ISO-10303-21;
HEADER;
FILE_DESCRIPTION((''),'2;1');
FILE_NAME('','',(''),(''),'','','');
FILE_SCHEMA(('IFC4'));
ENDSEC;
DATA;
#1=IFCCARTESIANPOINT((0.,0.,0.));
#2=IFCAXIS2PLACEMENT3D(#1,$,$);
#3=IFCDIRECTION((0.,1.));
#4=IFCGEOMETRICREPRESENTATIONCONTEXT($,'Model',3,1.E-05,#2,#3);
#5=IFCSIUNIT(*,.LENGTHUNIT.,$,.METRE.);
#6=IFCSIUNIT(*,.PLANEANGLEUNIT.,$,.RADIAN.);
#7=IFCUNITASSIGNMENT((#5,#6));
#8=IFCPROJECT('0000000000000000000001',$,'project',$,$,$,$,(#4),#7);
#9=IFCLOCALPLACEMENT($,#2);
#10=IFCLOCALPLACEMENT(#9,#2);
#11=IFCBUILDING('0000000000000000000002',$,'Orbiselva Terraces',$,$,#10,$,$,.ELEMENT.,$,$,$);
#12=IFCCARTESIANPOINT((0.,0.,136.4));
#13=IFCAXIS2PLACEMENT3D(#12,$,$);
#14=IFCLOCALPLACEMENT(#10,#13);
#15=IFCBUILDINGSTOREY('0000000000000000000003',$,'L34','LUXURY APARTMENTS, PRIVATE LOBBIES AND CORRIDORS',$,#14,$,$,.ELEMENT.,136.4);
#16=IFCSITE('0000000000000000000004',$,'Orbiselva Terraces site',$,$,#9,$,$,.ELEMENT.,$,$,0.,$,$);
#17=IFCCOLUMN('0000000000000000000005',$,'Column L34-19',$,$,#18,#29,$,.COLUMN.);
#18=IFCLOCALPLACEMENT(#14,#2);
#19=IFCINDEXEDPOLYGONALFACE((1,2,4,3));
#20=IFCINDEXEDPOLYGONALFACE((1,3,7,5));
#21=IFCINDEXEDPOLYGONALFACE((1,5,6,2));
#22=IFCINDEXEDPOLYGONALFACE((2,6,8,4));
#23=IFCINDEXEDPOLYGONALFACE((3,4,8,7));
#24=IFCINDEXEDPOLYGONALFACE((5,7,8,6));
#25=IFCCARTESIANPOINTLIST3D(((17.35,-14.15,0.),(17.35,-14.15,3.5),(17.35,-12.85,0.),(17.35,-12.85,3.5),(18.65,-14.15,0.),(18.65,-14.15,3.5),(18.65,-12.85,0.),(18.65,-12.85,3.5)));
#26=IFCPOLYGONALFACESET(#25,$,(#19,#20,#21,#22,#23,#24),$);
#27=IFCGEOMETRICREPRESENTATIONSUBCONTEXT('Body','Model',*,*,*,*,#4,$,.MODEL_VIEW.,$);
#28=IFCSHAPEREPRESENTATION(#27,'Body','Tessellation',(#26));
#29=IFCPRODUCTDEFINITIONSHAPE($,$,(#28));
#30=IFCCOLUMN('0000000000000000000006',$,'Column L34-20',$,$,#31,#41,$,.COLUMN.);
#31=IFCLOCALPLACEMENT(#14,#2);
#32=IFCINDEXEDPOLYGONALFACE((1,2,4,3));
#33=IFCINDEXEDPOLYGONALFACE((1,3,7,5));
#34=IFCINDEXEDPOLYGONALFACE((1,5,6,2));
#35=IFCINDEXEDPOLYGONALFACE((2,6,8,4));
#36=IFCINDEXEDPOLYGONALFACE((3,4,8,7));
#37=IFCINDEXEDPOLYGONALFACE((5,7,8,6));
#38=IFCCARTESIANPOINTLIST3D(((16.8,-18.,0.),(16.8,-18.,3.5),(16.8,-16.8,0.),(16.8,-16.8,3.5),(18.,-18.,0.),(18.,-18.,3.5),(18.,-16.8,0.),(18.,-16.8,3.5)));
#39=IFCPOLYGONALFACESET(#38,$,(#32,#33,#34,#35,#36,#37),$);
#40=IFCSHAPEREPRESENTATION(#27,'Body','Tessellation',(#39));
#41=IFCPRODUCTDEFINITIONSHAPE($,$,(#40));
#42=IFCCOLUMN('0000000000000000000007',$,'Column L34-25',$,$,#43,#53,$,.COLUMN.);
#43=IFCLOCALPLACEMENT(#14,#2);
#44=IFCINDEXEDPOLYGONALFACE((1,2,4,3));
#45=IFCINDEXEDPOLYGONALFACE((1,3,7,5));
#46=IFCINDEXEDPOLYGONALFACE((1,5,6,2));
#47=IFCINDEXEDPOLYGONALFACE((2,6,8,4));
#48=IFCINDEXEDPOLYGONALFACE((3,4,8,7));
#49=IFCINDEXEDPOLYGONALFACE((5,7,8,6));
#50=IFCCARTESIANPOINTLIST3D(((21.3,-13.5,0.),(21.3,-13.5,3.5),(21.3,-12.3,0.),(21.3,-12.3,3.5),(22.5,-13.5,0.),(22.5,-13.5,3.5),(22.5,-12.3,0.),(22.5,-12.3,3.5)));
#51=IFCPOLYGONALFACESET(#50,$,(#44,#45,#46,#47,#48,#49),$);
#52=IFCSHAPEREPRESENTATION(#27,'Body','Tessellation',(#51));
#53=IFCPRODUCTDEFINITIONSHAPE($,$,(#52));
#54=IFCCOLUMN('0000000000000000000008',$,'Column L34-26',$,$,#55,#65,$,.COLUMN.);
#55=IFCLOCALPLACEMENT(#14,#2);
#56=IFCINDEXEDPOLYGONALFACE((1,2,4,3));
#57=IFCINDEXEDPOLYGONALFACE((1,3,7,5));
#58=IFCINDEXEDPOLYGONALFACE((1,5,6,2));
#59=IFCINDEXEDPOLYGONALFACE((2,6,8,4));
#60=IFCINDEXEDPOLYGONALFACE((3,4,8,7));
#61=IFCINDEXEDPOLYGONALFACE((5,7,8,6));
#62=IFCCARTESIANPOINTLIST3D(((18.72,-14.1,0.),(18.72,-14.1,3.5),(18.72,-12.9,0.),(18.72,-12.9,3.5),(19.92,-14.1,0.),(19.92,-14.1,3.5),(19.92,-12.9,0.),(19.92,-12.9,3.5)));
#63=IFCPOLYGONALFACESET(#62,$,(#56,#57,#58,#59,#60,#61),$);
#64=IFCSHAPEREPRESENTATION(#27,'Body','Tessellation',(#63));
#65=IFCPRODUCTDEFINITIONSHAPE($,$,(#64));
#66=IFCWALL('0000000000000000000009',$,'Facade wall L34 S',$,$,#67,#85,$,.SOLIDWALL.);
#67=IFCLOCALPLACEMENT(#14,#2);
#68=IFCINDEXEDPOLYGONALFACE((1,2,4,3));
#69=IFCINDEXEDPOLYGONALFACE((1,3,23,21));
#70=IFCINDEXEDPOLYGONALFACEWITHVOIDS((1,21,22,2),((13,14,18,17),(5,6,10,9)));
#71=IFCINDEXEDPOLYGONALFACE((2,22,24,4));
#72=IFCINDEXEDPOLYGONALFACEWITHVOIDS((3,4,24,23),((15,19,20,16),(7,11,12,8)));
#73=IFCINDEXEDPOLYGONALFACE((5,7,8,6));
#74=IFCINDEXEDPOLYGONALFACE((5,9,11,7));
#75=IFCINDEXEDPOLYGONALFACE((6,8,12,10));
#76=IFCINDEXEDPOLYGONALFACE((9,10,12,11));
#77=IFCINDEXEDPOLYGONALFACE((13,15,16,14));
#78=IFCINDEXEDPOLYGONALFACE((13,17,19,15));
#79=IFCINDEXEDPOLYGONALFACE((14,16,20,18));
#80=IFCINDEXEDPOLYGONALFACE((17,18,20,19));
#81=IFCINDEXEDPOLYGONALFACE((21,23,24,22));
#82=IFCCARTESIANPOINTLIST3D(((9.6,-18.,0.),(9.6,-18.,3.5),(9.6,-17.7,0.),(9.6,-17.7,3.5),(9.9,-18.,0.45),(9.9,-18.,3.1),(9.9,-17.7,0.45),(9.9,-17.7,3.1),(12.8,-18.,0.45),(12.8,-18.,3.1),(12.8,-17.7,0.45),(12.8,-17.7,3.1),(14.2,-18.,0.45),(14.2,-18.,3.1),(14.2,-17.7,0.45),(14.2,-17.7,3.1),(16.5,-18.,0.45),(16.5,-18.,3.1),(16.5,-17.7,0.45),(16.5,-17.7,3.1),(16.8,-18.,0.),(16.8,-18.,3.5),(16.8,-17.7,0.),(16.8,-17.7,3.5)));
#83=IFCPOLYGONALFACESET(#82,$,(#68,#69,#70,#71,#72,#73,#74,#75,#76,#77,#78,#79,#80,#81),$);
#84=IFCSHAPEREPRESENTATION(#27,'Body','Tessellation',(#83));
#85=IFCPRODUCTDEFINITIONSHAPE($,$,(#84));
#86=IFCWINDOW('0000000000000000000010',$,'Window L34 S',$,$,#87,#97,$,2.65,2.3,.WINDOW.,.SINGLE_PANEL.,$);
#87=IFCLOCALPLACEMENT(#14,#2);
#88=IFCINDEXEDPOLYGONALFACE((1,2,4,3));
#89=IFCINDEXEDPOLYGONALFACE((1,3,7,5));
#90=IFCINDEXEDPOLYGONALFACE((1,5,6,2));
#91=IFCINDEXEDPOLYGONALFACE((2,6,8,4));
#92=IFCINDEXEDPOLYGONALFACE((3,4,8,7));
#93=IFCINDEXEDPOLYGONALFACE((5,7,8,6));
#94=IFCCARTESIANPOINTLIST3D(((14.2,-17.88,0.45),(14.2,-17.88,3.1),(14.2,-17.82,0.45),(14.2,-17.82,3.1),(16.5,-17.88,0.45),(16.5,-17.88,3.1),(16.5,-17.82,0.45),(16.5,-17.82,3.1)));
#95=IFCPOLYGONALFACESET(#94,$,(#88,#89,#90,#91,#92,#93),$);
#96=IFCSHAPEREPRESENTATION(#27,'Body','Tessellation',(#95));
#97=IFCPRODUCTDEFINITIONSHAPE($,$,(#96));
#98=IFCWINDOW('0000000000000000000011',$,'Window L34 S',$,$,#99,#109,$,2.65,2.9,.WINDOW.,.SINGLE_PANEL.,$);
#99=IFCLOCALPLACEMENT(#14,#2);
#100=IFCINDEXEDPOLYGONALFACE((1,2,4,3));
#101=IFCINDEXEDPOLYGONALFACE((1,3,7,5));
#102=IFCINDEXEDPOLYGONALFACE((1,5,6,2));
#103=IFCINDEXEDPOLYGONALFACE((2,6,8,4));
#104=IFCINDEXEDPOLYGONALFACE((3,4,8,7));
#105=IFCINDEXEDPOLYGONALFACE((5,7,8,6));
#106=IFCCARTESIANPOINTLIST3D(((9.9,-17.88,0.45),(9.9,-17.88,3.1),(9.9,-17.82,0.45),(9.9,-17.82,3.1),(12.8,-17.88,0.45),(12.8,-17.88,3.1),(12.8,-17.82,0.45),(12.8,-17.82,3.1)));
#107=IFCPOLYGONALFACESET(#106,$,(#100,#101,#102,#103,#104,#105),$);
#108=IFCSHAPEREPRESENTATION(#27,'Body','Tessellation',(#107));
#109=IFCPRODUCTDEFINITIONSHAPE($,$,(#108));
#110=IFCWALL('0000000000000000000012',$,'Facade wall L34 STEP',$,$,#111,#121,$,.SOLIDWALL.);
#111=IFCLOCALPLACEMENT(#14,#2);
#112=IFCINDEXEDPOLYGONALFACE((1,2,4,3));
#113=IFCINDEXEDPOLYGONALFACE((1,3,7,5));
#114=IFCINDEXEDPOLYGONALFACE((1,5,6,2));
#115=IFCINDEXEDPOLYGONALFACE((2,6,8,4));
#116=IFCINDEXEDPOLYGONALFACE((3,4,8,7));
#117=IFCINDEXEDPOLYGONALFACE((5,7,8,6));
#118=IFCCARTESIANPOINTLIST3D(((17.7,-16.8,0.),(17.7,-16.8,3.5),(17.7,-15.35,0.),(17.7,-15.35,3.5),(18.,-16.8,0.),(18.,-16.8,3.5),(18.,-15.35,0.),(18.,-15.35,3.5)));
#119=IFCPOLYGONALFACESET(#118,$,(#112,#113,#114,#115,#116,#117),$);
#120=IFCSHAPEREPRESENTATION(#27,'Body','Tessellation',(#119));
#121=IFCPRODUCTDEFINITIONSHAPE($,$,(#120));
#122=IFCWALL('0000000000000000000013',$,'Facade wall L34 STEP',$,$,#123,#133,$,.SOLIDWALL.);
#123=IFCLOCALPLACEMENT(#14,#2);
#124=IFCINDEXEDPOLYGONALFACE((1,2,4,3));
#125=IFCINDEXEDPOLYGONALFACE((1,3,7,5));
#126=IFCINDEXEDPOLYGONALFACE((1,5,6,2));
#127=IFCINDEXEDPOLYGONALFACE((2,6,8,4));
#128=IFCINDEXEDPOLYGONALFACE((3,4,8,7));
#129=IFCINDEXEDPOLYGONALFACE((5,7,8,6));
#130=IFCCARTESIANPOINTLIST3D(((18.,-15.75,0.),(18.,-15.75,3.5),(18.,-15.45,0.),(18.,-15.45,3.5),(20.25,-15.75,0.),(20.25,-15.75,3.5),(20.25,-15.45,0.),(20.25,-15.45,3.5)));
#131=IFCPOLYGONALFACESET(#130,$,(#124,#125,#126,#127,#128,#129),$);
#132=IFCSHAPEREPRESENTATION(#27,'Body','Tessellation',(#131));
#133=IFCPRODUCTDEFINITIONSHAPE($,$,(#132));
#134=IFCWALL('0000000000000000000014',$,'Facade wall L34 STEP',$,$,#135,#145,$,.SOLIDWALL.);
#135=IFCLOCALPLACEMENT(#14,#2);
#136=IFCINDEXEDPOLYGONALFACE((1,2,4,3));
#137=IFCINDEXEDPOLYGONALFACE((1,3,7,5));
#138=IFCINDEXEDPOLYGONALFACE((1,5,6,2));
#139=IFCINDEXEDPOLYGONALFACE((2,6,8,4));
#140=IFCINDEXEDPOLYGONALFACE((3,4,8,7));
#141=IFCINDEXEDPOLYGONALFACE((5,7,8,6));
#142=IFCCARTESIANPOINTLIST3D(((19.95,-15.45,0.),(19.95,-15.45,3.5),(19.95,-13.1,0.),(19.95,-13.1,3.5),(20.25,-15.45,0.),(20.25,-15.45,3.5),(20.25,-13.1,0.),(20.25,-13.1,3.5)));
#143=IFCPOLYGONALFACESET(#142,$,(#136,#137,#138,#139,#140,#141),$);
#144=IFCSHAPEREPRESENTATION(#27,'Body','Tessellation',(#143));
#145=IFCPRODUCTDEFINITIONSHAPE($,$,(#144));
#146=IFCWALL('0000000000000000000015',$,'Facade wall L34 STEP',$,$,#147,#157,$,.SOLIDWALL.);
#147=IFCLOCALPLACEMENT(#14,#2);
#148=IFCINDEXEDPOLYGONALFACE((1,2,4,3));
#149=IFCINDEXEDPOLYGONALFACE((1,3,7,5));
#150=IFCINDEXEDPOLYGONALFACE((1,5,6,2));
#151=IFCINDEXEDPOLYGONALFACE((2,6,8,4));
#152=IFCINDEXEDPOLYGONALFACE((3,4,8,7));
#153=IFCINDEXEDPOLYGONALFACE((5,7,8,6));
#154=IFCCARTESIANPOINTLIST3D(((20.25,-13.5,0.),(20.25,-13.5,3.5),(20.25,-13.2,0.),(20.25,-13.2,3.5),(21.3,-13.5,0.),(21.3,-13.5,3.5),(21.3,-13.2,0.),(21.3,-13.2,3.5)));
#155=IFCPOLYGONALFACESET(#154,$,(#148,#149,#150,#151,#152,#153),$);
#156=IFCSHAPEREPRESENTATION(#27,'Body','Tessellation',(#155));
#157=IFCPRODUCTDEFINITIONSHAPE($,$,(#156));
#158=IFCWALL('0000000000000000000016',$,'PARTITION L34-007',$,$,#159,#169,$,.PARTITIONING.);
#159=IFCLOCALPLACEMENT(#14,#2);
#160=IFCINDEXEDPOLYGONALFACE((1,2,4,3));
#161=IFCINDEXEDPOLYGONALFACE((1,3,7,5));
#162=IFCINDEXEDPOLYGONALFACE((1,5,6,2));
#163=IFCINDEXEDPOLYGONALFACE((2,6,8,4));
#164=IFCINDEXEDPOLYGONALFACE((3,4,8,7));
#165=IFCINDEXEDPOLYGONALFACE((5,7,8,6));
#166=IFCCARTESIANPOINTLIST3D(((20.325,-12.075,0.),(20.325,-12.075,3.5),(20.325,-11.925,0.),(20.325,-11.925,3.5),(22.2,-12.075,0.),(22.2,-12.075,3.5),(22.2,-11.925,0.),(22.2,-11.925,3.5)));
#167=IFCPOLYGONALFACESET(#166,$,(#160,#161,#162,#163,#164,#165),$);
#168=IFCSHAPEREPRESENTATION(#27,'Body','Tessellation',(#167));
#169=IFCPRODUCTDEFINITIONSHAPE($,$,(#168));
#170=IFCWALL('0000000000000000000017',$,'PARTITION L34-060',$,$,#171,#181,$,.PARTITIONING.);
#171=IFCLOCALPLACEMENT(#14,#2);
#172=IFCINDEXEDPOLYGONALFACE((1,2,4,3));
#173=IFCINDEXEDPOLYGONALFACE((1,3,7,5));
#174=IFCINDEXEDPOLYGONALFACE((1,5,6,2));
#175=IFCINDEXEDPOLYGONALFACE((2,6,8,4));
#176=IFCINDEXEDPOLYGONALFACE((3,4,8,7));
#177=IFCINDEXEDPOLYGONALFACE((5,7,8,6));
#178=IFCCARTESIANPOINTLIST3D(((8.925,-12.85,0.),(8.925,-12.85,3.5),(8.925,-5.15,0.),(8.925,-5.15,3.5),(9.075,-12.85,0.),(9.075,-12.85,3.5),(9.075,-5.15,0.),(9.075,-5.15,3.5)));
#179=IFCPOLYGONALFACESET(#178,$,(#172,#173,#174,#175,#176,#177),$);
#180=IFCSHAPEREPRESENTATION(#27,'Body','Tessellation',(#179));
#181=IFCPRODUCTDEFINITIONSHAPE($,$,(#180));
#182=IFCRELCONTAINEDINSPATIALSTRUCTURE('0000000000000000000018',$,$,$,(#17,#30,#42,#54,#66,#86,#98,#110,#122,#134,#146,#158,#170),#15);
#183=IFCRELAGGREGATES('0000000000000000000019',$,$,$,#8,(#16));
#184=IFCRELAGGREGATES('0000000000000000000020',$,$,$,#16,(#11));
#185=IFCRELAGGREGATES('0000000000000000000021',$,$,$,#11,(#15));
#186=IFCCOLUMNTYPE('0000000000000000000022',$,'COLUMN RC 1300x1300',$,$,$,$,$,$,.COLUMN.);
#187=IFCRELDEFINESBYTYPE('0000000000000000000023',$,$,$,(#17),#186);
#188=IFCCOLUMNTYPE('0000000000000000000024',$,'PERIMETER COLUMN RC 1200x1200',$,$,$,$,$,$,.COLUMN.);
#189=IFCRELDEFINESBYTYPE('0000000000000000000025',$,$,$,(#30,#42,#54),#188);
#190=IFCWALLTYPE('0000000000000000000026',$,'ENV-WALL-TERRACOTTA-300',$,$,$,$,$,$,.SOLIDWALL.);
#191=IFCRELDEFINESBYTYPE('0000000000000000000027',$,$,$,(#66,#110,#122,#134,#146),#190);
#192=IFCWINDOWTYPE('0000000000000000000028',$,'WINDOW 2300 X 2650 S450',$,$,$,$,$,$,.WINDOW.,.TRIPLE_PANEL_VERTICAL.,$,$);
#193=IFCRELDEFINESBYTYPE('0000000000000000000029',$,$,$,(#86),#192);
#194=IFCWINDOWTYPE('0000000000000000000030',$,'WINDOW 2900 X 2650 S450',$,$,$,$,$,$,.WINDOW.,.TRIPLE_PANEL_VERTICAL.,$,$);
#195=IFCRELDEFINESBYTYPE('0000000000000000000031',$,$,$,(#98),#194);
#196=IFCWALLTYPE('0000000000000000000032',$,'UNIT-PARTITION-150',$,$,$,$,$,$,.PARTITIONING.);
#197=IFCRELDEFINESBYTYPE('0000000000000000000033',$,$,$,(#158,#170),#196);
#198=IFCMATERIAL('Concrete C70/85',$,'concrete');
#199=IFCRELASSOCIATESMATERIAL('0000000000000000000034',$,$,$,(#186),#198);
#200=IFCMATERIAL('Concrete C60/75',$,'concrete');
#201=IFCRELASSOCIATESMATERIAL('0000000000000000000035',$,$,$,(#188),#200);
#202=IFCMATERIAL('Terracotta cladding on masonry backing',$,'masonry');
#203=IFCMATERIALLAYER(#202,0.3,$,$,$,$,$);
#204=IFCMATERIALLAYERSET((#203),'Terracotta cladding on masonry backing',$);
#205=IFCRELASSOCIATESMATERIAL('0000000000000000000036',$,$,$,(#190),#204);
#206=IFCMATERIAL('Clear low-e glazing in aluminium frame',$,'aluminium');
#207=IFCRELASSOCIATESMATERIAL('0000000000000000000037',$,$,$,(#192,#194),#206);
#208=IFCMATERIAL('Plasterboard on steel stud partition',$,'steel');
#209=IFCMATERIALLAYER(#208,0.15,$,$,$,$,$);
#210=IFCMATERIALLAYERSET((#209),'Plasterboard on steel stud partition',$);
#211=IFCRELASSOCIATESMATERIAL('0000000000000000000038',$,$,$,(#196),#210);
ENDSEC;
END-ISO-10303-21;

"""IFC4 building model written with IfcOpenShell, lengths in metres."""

from ifc_helpers import new_model, si_unit, direction, frame, frame_2d, origin, origin_2d, place, context, subcontext, project, spatial, rectangle, extrude, material, layer, layer_set, material_profile, profile_set, type_object, element, fill, save


model = new_model("IFC4")

# Units and contexts
model_context = context("Model", 3, precision=1e-05, world=origin(), true_north=direction((0.0, 1.0)))
body_context = subcontext(model_context, "Body", "Model", "MODEL_VIEW")
ifc_project = project(units=[si_unit("LENGTHUNIT", "METRE"), si_unit("PLANEANGLEUNIT", "RADIAN")], contexts=[model_context])

# Site, building, storey
site_placement = place(None, origin())
site = spatial("IfcSite", under=ifc_project, at=site_placement, Name="Orbiselva Terraces site", CompositionType="ELEMENT", RefElevation=0.0)
building_placement = place(site_placement, origin())
building = spatial("IfcBuilding", under=site, at=building_placement, Name="Orbiselva Terraces", CompositionType="ELEMENT")
storey_placement = place(building_placement, frame((0.0, 0.0, 136.4)))
storey = spatial("IfcBuildingStorey", under=building, at=storey_placement, Name="L34", Description="LUXURY APARTMENTS, PRIVATE LOBBIES AND CORRIDORS", CompositionType="ELEMENT", Elevation=136.4)

# Columns
ifc_material_1 = material(Name="Concrete C70/85", Category="concrete")
ifc_material_profile_1 = material_profile(ifc_material_1, rectangle(XDim=1.3, YDim=1.3, at=origin_2d()), Name="RC 1300x1300")
ifc_profile_set_1 = profile_set([ifc_material_profile_1], Name="Concrete C70/85")
column_type_1 = type_object("IfcColumnType", Name="COLUMN RC 1300x1300", PredefinedType="COLUMN", material=ifc_profile_set_1)
column_placement = place(storey_placement, frame((18.0, -13.5, 0.0), z_axis=(0.0, 0.0, 1.0), x_axis=(1.0, 0.0, 0.0)))
element("IfcColumn", 1, at=column_placement, inside=storey, type_object=column_type_1, Name="Column L34-19", PredefinedType="COLUMN", context=body_context, shape_type="SweptSolid", body=[
    extrude(rectangle(XDim=1.3, YDim=1.3, at=origin_2d()), origin(), (0.0, 0.0, 1.0), 3.5),
])
ifc_material_2 = material(Name="Concrete C60/75", Category="concrete")
ifc_material_profile_2 = material_profile(ifc_material_2, rectangle(XDim=1.2, YDim=1.2, at=origin_2d()), Name="RC 1200x1200")
ifc_profile_set_2 = profile_set([ifc_material_profile_2], Name="Concrete C60/75")
column_type_2 = type_object("IfcColumnType", Name="PERIMETER COLUMN RC 1200x1200", PredefinedType="COLUMN", material=ifc_profile_set_2)
for number, where, z_axis, x_axis, name in (
    (2, (17.4, -17.4, 0.0), (0.0, 0.0, 1.0), (1.0, 0.0, 0.0), "Column L34-20"),
    (3, (21.9, -12.9, 0.0), (0.0, 0.0, 1.0), (1.0, 0.0, 0.0), "Column L34-25"),
    (4, (19.32, -13.5, 0.0), (0.0, 0.0, 1.0), (1.0, 0.0, 0.0), "Column L34-26"),
):
    element("IfcColumn", number, at=place(storey_placement, frame(where, z_axis=z_axis, x_axis=x_axis)), inside=storey, type_object=column_type_2, Name=name, PredefinedType="COLUMN", context=body_context, shape_type="SweptSolid", body=[
        extrude(rectangle(XDim=1.2, YDim=1.2, at=origin_2d()), origin(), (0.0, 0.0, 1.0), 3.5),
    ])

# Wall, openings, windows
ifc_material_3 = material(Name="Terracotta cladding on masonry backing", Category="masonry")
ifc_layer_1 = layer(ifc_material_3, 0.3)
ifc_layer_set_1 = layer_set([ifc_layer_1], Name="Terracotta cladding on masonry backing")
wall_type_1 = type_object("IfcWallType", Name="ENV-WALL-TERRACOTTA-300", PredefinedType="SOLIDWALL", material=ifc_layer_set_1)
wall_1_placement = place(storey_placement, frame((16.8, -17.85, 0.0), z_axis=(0.0, 0.0, 1.0), x_axis=(-1.0, 0.0, 0.0)))
wall_1 = element("IfcWall", 5, at=wall_1_placement, inside=storey, type_object=wall_type_1, Name="Facade wall L34 S", PredefinedType="SOLIDWALL", context=body_context, shape_type="SweptSolid", body=[
    extrude(rectangle(XDim=7.2, YDim=0.3, at=frame_2d((3.6, 0.0))), origin(), (0.0, 0.0, 1.0), 3.5),
])
opening_1_placement = place(wall_1_placement, frame((4.0, 0.0, 0.45)))
opening_1 = element("IfcOpeningElement", 6, at=opening_1_placement, cuts=wall_1, PredefinedType="OPENING", context=body_context, shape_type="SweptSolid", body=[
    extrude(rectangle(XDim=2.9, YDim=2.65, at=frame_2d((1.45, 1.325))), frame((0.0, 0.16, 0.0), z_axis=(0.0, -1.0, 0.0), x_axis=(1.0, 0.0, 0.0)), (0.0, 0.0, 1.0), 0.32),
])
opening_2_placement = place(wall_1_placement, frame((0.3, 0.0, 0.45)))
opening_2 = element("IfcOpeningElement", 7, at=opening_2_placement, cuts=wall_1, PredefinedType="OPENING", context=body_context, shape_type="SweptSolid", body=[
    extrude(rectangle(XDim=2.3, YDim=2.65, at=frame_2d((1.15, 1.325))), frame((0.0, 0.16, 0.0), z_axis=(0.0, -1.0, 0.0), x_axis=(1.0, 0.0, 0.0)), (0.0, 0.0, 1.0), 0.32),
])
ifc_material_4 = material(Name="Clear low-e glazing in aluminium frame", Category="aluminium")
window_type_1 = type_object("IfcWindowType", Name="WINDOW 2300 X 2650 S450", PartitioningType="TRIPLE_PANEL_VERTICAL", PredefinedType="WINDOW", material=ifc_material_4)
window_1_placement = place(opening_2_placement, origin())
window_1 = element("IfcWindow", 8, at=window_1_placement, inside=storey, type_object=window_type_1, Name="Window L34 S", OverallHeight=2.65, OverallWidth=2.3, PartitioningType="SINGLE_PANEL", PredefinedType="WINDOW", context=body_context, shape_type="SweptSolid", body=[
    extrude(rectangle(XDim=2.3, YDim=2.65, at=frame_2d((1.15, 1.325))), frame((0.0, 0.03, 0.0), z_axis=(0.0, -1.0, 0.0), x_axis=(1.0, 0.0, 0.0)), (0.0, 0.0, 1.0), 0.06),
])
fill(opening_2, window_1)
window_type_2 = type_object("IfcWindowType", Name="WINDOW 2900 X 2650 S450", PartitioningType="TRIPLE_PANEL_VERTICAL", PredefinedType="WINDOW", material=ifc_material_4)
window_2_placement = place(opening_1_placement, origin())
window_2 = element("IfcWindow", 9, at=window_2_placement, inside=storey, type_object=window_type_2, Name="Window L34 S", OverallHeight=2.65, OverallWidth=2.9, PartitioningType="SINGLE_PANEL", PredefinedType="WINDOW", context=body_context, shape_type="SweptSolid", body=[
    extrude(rectangle(XDim=2.9, YDim=2.65, at=frame_2d((1.45, 1.325))), frame((0.0, 0.03, 0.0), z_axis=(0.0, -1.0, 0.0), x_axis=(1.0, 0.0, 0.0)), (0.0, 0.0, 1.0), 0.06),
])
fill(opening_1, window_2)

# Walls
wall_2_placement = place(storey_placement, frame((17.85, -15.35, 0.0), z_axis=(0.0, 0.0, 1.0), x_axis=(0.0, -1.0, 0.0)))
element("IfcWall", 10, at=wall_2_placement, inside=storey, type_object=wall_type_1, Name="Facade wall L34 STEP", PredefinedType="SOLIDWALL", context=body_context, shape_type="SweptSolid", body=[
    extrude(rectangle(XDim=1.45, YDim=0.3, at=frame_2d((0.725, 0.0))), origin(), (0.0, 0.0, 1.0), 3.5),
])
wall_3_placement = place(storey_placement, frame((20.25, -15.6, 0.0), z_axis=(0.0, 0.0, 1.0), x_axis=(-1.0, 0.0, 0.0)))
element("IfcWall", 11, at=wall_3_placement, inside=storey, type_object=wall_type_1, Name="Facade wall L34 STEP", PredefinedType="SOLIDWALL", context=body_context, shape_type="SweptSolid", body=[
    extrude(rectangle(XDim=2.25, YDim=0.3, at=frame_2d((1.125, 0.0))), origin(), (0.0, 0.0, 1.0), 3.5),
])
wall_4_placement = place(storey_placement, frame((20.1, -13.1, 0.0), z_axis=(0.0, 0.0, 1.0), x_axis=(0.0, -1.0, 0.0)))
element("IfcWall", 12, at=wall_4_placement, inside=storey, type_object=wall_type_1, Name="Facade wall L34 STEP", PredefinedType="SOLIDWALL", context=body_context, shape_type="SweptSolid", body=[
    extrude(rectangle(XDim=2.35, YDim=0.3, at=frame_2d((1.175, 0.0))), origin(), (0.0, 0.0, 1.0), 3.5),
])
wall_5_placement = place(storey_placement, frame((21.3, -13.35, 0.0), z_axis=(0.0, 0.0, 1.0), x_axis=(-1.0, 0.0, 0.0)))
element("IfcWall", 13, at=wall_5_placement, inside=storey, type_object=wall_type_1, Name="Facade wall L34 STEP", PredefinedType="SOLIDWALL", context=body_context, shape_type="SweptSolid", body=[
    extrude(rectangle(XDim=1.05, YDim=0.3, at=frame_2d((0.525, 0.0))), origin(), (0.0, 0.0, 1.0), 3.5),
])
ifc_material_5 = material(Name="Plasterboard on steel stud partition", Category="steel")
ifc_layer_2 = layer(ifc_material_5, 0.15)
ifc_layer_set_2 = layer_set([ifc_layer_2], Name="Plasterboard on steel stud partition")
wall_type_2 = type_object("IfcWallType", Name="UNIT-PARTITION-150", PredefinedType="PARTITIONING", material=ifc_layer_set_2)
wall_6_placement = place(storey_placement, frame((20.325, -12.0, 0.0), z_axis=(0.0, 0.0, 1.0), x_axis=(1.0, 0.0, 0.0)))
element("IfcWall", 14, at=wall_6_placement, inside=storey, type_object=wall_type_2, Name="PARTITION L34-007", PredefinedType="PARTITIONING", context=body_context, shape_type="SweptSolid", body=[
    extrude(rectangle(XDim=1.875, YDim=0.15, at=frame_2d((0.9375, 0.0))), origin(), (0.0, 0.0, 1.0), 3.5),
])
wall_7_placement = place(storey_placement, frame((9.0, -12.85, 0.0), z_axis=(0.0, 0.0, 1.0), x_axis=(0.0, 1.0, 0.0)))
element("IfcWall", 15, at=wall_7_placement, inside=storey, type_object=wall_type_2, Name="PARTITION L34-060", PredefinedType="PARTITIONING", context=body_context, shape_type="SweptSolid", body=[
    extrude(rectangle(XDim=7.7, YDim=0.15, at=frame_2d((3.85, 0.0))), origin(), (0.0, 0.0, 1.0), 3.5),
])

save(model, "model.ifc")
